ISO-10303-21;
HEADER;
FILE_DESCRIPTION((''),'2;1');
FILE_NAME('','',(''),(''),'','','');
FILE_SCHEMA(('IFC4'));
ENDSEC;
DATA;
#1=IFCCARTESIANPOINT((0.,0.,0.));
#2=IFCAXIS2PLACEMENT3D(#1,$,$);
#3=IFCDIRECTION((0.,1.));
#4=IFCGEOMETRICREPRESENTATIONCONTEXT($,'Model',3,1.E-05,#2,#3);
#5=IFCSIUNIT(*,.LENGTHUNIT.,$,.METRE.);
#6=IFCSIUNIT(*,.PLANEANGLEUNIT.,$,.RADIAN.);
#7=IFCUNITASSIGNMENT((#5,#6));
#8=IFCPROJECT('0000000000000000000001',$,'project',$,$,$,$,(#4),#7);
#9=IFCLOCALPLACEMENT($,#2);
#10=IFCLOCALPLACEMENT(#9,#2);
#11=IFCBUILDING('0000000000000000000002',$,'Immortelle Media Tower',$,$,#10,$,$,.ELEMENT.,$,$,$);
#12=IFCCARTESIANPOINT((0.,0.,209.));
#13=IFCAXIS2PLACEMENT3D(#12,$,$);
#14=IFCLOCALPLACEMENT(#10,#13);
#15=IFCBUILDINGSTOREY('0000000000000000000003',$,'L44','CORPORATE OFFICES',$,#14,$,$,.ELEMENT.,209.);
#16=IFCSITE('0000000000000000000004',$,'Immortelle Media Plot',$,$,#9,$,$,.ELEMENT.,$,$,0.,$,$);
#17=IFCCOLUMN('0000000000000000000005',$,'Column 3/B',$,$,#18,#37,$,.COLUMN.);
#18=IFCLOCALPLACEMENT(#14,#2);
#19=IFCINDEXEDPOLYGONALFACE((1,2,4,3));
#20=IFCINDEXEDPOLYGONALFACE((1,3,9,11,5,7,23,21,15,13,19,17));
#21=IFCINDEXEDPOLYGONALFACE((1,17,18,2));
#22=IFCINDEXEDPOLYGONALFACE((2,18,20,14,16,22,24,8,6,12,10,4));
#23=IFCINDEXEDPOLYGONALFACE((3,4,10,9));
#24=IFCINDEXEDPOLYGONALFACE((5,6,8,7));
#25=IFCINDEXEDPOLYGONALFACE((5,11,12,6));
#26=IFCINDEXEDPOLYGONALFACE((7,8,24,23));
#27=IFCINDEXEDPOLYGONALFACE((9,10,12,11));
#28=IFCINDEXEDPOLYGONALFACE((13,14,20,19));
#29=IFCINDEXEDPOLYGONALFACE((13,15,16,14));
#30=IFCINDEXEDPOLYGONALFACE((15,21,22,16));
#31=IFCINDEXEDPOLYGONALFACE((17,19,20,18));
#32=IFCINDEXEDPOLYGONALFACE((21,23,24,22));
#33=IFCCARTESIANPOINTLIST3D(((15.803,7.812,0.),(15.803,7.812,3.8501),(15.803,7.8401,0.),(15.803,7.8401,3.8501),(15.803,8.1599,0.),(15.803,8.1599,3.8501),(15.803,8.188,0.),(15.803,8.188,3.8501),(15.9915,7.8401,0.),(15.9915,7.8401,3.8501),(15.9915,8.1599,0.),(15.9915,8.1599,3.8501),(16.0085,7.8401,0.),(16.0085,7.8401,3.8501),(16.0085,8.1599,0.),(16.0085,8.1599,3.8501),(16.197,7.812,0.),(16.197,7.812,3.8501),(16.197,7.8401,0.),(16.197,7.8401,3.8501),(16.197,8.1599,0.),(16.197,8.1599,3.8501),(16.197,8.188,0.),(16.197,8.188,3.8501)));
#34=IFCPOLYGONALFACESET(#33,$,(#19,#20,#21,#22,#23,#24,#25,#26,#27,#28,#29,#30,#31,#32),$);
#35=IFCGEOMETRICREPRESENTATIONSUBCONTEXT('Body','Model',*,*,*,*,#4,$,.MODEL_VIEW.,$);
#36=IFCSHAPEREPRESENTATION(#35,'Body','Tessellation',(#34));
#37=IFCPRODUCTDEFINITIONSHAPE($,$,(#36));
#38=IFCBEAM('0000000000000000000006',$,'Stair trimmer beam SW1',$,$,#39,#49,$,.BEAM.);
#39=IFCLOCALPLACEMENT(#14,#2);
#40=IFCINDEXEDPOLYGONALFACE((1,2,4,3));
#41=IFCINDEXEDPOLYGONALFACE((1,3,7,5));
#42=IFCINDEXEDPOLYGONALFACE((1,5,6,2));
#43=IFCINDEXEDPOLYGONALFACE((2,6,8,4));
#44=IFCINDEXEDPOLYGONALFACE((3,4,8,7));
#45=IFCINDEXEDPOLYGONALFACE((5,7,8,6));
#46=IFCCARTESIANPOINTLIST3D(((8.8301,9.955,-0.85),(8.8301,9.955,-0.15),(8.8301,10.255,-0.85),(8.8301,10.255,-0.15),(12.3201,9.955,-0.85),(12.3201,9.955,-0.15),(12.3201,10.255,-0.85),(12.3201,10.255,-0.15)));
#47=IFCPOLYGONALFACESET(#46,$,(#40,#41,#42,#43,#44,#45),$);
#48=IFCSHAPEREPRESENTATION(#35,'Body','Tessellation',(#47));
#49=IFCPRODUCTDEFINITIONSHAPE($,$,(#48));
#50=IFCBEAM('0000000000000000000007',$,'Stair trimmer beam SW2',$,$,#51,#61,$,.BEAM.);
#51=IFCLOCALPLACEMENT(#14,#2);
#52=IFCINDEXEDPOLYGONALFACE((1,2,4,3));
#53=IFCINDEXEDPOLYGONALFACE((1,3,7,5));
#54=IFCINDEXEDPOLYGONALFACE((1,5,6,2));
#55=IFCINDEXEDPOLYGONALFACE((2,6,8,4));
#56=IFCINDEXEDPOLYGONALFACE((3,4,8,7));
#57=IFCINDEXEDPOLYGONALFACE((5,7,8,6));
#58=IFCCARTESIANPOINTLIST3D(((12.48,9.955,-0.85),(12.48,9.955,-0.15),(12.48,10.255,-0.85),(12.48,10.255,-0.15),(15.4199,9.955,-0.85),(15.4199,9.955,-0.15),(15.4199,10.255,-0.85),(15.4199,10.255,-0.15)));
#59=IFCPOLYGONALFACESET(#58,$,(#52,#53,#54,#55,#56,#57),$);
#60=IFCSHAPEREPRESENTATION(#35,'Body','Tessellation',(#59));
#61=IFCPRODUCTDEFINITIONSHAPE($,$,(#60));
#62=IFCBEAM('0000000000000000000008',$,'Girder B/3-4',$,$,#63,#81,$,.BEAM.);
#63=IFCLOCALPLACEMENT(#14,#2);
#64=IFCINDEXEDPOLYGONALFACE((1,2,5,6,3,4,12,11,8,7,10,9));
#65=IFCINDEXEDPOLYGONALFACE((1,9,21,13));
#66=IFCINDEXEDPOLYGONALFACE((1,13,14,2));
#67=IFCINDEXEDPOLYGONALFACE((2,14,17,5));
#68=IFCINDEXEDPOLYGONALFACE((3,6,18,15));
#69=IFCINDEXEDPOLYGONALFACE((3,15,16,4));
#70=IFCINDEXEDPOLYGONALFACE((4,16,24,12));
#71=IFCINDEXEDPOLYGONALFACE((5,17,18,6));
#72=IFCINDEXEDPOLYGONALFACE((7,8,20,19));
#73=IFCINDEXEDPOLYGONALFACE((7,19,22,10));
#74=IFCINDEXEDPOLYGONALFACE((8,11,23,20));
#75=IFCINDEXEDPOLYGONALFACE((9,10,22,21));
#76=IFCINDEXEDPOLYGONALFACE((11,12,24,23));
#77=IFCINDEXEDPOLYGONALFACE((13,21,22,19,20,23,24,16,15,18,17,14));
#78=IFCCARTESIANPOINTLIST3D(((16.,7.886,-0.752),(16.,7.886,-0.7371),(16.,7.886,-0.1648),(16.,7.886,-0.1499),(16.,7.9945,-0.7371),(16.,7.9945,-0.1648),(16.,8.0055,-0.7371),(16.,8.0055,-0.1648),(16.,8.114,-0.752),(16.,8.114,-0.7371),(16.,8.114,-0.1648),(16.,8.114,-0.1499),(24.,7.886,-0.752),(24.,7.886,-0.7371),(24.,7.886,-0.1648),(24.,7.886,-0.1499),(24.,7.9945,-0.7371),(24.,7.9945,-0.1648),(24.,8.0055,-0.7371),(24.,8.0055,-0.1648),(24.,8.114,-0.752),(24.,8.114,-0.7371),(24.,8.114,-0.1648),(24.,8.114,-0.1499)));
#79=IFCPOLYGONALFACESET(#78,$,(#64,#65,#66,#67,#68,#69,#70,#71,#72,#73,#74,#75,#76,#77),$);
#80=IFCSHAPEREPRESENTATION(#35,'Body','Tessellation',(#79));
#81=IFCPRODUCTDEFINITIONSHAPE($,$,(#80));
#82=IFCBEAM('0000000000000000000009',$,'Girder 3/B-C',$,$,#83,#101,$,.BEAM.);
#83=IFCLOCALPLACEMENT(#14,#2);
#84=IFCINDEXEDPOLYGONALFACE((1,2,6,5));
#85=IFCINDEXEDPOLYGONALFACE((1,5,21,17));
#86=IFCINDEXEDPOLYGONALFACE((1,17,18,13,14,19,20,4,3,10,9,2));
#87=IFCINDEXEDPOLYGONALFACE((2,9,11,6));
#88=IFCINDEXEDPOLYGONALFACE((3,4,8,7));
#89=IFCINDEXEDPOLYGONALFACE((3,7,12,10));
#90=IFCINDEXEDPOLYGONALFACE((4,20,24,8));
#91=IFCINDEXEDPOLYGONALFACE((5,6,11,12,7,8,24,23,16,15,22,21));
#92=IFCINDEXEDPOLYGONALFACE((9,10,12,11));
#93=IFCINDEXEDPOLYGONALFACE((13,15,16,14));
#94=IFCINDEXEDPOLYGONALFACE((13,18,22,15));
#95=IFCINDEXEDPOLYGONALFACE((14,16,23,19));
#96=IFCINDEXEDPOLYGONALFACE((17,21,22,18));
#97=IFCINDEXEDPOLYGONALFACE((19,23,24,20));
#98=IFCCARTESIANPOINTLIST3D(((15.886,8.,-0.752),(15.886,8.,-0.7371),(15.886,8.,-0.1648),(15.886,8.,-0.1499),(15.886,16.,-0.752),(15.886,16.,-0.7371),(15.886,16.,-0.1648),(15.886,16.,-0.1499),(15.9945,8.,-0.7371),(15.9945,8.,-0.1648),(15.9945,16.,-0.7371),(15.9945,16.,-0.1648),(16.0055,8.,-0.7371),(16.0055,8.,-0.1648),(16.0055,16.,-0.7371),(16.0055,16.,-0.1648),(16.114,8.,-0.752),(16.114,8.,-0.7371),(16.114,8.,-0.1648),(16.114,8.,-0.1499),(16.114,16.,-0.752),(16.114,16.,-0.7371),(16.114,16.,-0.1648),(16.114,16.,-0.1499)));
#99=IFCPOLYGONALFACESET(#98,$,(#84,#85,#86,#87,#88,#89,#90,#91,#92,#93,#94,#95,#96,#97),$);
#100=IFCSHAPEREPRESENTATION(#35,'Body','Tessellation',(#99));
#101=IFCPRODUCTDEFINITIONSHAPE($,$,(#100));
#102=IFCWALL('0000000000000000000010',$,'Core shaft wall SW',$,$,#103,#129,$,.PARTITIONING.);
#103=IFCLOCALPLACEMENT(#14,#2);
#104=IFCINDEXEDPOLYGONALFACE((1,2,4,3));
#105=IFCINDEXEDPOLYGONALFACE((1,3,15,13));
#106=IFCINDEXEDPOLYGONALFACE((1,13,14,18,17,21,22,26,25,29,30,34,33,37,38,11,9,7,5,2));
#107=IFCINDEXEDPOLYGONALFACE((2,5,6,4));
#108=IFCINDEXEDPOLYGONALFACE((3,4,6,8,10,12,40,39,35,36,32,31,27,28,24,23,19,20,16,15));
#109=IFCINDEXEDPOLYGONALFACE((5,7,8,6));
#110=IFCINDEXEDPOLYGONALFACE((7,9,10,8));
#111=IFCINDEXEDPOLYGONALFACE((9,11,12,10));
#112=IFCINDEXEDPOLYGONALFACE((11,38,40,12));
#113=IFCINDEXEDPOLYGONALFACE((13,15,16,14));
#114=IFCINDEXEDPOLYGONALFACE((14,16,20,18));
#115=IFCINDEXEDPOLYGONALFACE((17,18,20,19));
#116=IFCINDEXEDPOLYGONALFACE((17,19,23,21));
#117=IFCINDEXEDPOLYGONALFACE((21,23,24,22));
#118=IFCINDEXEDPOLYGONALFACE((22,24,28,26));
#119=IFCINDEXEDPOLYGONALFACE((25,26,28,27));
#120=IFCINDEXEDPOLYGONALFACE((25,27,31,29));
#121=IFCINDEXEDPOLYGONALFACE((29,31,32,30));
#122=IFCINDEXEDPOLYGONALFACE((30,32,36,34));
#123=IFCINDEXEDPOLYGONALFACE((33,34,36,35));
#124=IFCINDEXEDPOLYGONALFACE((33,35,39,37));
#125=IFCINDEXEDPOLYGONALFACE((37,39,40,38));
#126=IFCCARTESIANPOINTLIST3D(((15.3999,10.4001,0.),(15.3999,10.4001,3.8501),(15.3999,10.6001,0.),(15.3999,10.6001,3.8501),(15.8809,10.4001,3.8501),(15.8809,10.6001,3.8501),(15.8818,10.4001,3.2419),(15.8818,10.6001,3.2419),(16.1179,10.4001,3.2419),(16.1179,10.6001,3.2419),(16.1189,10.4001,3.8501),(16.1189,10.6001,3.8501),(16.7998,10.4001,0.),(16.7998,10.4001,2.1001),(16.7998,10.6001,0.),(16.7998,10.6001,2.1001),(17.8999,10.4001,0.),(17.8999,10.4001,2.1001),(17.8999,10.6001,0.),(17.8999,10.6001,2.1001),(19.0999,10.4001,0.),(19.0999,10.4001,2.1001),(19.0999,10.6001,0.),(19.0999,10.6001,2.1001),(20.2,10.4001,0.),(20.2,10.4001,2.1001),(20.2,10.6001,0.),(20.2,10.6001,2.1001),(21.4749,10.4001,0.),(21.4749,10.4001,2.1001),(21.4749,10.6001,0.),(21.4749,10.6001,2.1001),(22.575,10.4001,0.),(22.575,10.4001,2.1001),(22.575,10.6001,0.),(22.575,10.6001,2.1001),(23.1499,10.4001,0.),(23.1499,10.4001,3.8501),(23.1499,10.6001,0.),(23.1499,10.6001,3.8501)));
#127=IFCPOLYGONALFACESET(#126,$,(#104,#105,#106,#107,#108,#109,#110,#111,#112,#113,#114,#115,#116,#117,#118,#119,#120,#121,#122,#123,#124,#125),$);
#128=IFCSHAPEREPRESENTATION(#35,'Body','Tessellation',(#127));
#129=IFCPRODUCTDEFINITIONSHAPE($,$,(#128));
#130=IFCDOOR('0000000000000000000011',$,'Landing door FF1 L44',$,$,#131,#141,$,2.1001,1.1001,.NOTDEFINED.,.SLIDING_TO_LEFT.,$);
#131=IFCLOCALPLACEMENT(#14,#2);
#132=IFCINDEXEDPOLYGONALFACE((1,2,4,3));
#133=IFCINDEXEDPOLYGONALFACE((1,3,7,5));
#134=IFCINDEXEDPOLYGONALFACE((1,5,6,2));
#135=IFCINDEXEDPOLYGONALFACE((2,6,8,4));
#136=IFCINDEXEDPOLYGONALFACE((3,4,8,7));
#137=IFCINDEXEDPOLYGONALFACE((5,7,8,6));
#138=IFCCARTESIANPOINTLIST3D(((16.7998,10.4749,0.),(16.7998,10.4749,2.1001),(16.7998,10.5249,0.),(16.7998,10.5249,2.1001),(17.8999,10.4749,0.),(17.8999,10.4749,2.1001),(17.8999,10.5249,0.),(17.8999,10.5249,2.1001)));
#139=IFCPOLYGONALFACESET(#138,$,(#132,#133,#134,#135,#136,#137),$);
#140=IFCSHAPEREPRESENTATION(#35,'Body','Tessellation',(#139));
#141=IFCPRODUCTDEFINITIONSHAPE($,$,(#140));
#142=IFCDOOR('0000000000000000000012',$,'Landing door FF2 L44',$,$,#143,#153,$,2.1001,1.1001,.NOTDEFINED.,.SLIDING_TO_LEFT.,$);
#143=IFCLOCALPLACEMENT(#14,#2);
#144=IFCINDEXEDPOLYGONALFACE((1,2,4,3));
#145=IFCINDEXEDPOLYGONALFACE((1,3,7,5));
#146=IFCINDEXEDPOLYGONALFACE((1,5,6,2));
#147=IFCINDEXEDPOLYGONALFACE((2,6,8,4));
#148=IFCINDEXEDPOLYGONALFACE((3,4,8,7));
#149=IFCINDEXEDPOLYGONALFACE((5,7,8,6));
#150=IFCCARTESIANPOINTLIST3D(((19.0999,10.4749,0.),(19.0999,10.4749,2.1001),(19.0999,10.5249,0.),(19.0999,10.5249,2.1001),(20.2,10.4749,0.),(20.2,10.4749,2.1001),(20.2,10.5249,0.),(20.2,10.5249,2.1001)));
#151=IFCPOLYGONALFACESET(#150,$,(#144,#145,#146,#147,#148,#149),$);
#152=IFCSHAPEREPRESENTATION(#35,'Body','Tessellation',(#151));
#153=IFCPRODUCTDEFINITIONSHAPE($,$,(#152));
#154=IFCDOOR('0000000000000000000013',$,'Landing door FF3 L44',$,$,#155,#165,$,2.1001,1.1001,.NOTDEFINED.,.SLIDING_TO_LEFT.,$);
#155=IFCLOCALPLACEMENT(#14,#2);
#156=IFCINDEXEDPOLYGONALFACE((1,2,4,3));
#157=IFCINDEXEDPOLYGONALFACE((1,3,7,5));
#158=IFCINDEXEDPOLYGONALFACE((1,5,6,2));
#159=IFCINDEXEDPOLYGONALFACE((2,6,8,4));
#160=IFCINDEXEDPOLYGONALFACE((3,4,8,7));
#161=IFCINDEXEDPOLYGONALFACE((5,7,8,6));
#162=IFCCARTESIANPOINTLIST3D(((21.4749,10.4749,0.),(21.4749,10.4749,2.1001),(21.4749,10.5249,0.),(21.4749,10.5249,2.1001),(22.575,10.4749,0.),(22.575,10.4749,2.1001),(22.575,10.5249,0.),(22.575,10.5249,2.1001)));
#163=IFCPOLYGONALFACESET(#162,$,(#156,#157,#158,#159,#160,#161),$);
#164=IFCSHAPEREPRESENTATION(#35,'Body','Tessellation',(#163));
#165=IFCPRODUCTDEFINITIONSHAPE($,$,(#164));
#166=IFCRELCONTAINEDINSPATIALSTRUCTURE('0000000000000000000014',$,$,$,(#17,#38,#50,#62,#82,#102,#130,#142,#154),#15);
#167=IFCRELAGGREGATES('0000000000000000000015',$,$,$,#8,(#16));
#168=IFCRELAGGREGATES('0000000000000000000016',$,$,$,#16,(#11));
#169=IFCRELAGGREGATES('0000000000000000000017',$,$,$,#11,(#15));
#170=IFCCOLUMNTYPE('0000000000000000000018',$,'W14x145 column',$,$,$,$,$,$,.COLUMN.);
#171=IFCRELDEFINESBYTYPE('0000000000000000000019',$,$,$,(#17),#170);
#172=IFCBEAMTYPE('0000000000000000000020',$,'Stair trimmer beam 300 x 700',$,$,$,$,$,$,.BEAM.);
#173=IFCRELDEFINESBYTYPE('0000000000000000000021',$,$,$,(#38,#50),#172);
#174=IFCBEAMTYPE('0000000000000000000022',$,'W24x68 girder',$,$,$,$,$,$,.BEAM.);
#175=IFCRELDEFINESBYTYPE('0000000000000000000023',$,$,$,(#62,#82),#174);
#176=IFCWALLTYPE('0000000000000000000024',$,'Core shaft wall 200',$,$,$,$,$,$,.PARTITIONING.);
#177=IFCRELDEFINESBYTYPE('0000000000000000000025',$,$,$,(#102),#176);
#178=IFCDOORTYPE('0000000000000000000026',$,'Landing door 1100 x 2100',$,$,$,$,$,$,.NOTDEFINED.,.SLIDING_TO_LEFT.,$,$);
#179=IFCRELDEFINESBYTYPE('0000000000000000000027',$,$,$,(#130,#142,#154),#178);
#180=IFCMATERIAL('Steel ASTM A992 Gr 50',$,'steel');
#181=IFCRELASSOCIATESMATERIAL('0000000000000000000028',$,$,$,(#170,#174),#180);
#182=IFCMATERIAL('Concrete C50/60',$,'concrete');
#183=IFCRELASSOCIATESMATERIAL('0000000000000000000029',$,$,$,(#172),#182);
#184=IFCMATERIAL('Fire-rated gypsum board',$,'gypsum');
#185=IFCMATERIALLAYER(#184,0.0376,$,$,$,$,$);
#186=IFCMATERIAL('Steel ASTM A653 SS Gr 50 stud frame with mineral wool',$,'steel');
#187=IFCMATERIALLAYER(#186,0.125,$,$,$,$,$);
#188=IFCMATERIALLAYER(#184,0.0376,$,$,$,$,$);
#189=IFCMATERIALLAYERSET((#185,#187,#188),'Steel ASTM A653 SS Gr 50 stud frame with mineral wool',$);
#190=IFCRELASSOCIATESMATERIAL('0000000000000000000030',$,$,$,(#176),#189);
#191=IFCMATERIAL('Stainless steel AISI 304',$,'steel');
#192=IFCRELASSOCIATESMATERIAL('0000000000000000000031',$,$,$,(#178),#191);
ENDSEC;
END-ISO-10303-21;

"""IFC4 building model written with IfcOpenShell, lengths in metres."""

from ifc_helpers import new_model, si_unit, direction, frame, frame_2d, origin, origin_2d, place, context, subcontext, project, spatial, polyline, rectangle, i_section, outline, extrude, material, layer, layer_set, material_profile, profile_set, type_object, element, fill, save


model = new_model("IFC4")

# Units and contexts
model_context = context("Model", 3, precision=1e-05, world=origin(), true_north=direction((0.0, 1.0)))
body_context = subcontext(model_context, "Body", "Model", "MODEL_VIEW")
ifc_project = project(units=[si_unit("LENGTHUNIT", "METRE"), si_unit("PLANEANGLEUNIT", "RADIAN")], contexts=[model_context])

# Site, building, storey
site_placement = place(None, origin())
site = spatial("IfcSite", under=ifc_project, at=site_placement, Name="Immortelle Media Plot", CompositionType="ELEMENT", RefElevation=0.0)
building_placement = place(site_placement, origin())
building = spatial("IfcBuilding", under=site, at=building_placement, Name="Immortelle Media Tower", CompositionType="ELEMENT")
storey_placement = place(building_placement, frame((0.0, 0.0, 209.0)))
storey = spatial("IfcBuildingStorey", under=building, at=storey_placement, Name="L44", Description="CORPORATE OFFICES", CompositionType="ELEMENT", Elevation=209.0)

# Column
ifc_material_1 = material(Name="Steel ASTM A992 Gr 50", Category="steel")
ifc_material_profile_1 = material_profile(ifc_material_1, i_section(OverallWidth=0.394, OverallDepth=0.376, WebThickness=0.0171, FlangeThickness=0.0281, at=origin_2d()), Name="W14x145")
ifc_profile_set_1 = profile_set([ifc_material_profile_1], Name="Steel ASTM A992 Gr 50")
column_type = type_object("IfcColumnType", Name="W14x145 column", PredefinedType="COLUMN", material=ifc_profile_set_1)
column_placement = place(storey_placement, frame((16.0, 8.0, 0.0), z_axis=(0.0, 0.0, 1.0), x_axis=(1.0, 0.0, 0.0)))
element("IfcColumn", 1, at=column_placement, inside=storey, type_object=column_type, Name="Column 3/B", PredefinedType="COLUMN", context=body_context, shape_type="SweptSolid", body=[
    extrude(i_section(OverallWidth=0.394, OverallDepth=0.376, WebThickness=0.0171, FlangeThickness=0.0281, at=origin_2d()), origin(), (0.0, 0.0, 1.0), 3.8501),
])

# Beams
ifc_material_2 = material(Name="Concrete C50/60", Category="concrete")
ifc_material_profile_2 = material_profile(ifc_material_2, rectangle(XDim=0.3, YDim=0.7, at=origin_2d()), Name="RC 300x700")
ifc_profile_set_2 = profile_set([ifc_material_profile_2], Name="Concrete C50/60")
beam_type_1 = type_object("IfcBeamType", Name="Stair trimmer beam 300 x 700", PredefinedType="BEAM", material=ifc_profile_set_2)
beam_1_placement = place(storey_placement, frame((8.8301, 10.105, -0.5), z_axis=(1.0, 0.0, 0.0), x_axis=(0.0, 1.0, 0.0)))
element("IfcBeam", 2, at=beam_1_placement, inside=storey, type_object=beam_type_1, Name="Stair trimmer beam SW1", PredefinedType="BEAM", context=body_context, shape_type="SweptSolid", body=[
    extrude(rectangle(XDim=0.3, YDim=0.7, at=origin_2d()), origin(), (0.0, 0.0, 1.0), 3.49),
])
beam_2_placement = place(storey_placement, frame((12.48, 10.105, -0.5), z_axis=(1.0, 0.0, 0.0), x_axis=(0.0, 1.0, 0.0)))
element("IfcBeam", 3, at=beam_2_placement, inside=storey, type_object=beam_type_1, Name="Stair trimmer beam SW2", PredefinedType="BEAM", context=body_context, shape_type="SweptSolid", body=[
    extrude(rectangle(XDim=0.3, YDim=0.7, at=origin_2d()), origin(), (0.0, 0.0, 1.0), 2.9399),
])
ifc_material_profile_3 = material_profile(ifc_material_1, i_section(OverallWidth=0.228, OverallDepth=0.6021, WebThickness=0.011, FlangeThickness=0.0149, at=origin_2d()), Name="W24x68")
ifc_profile_set_3 = profile_set([ifc_material_profile_3], Name="Steel ASTM A992 Gr 50")
beam_type_2 = type_object("IfcBeamType", Name="W24x68 girder", PredefinedType="BEAM", material=ifc_profile_set_3)
for number, where, z_axis, x_axis, name in (
    (4, (16.0, 8.0, -0.4509), (1.0, 0.0, 0.0), (0.0, 1.0, 0.0), "Girder B/3-4"),
    (5, (16.0, 8.0, -0.4509), (0.0, 1.0, 0.0), (-1.0, 0.0, 0.0), "Girder 3/B-C"),
):
    element("IfcBeam", number, at=place(storey_placement, frame(where, z_axis=z_axis, x_axis=x_axis)), inside=storey, type_object=beam_type_2, Name=name, PredefinedType="BEAM", context=body_context, shape_type="SweptSolid", body=[
        extrude(i_section(OverallWidth=0.228, OverallDepth=0.6021, WebThickness=0.011, FlangeThickness=0.0149, at=origin_2d()), origin(), (0.0, 0.0, 1.0), 8.0),
    ])

# Wall, openings, doors
ifc_material_3 = material(Name="Fire-rated gypsum board", Category="gypsum")
ifc_layer_1 = layer(ifc_material_3, 0.0376)
ifc_material_4 = material(Name="Steel ASTM A653 SS Gr 50 stud frame with mineral wool", Category="steel")
ifc_layer_2 = layer(ifc_material_4, 0.125)
ifc_layer_3 = layer(ifc_material_3, 0.0376)
ifc_layer_set_1 = layer_set([ifc_layer_1, ifc_layer_2, ifc_layer_3], Name="Steel ASTM A653 SS Gr 50 stud frame with mineral wool")
wall_type_1 = type_object("IfcWallType", Name="Core shaft wall 200", PredefinedType="PARTITIONING", material=ifc_layer_set_1)
wall_1_placement = place(storey_placement, frame((15.3999, 10.5, 0.0), z_axis=(0.0, 0.0, 1.0), x_axis=(1.0, 0.0, 0.0)))
wall_1 = element("IfcWall", 6, at=wall_1_placement, inside=storey, type_object=wall_type_1, Name="Core shaft wall SW", PredefinedType="PARTITIONING", context=body_context, shape_type="SweptSolid", body=[
    extrude(outline(polyline([(0.0, 0.0), (7.75, 0.0), (7.75, 3.8501), (0.719, 3.8501), (0.718, 3.2419), (0.4819, 3.2419), (0.481, 3.8501), (0.0, 3.8501), (0.0, 0.0)])), frame((0.0, 0.1001, 0.0), z_axis=(0.0, -1.0, 0.0), x_axis=(1.0, 0.0, 0.0)), (0.0, 0.0, 1.0), 0.2),
])
opening_1_placement = place(wall_1_placement, frame((1.3999, 0.0, 0.0)))
opening_1 = element("IfcOpeningElement", 7, at=opening_1_placement, cuts=wall_1, PredefinedType="OPENING", context=body_context, shape_type="SweptSolid", body=[
    extrude(rectangle(XDim=1.1001, YDim=2.1001, at=frame_2d((0.55, 1.05))), frame((0.0, 0.1099, 0.0), z_axis=(0.0, -1.0, 0.0), x_axis=(1.0, 0.0, 0.0)), (0.0, 0.0, 1.0), 0.22),
])
opening_2_placement = place(wall_1_placement, frame((3.7, 0.0, 0.0)))
opening_2 = element("IfcOpeningElement", 8, at=opening_2_placement, cuts=wall_1, PredefinedType="OPENING", context=body_context, shape_type="SweptSolid", body=[
    extrude(rectangle(XDim=1.1001, YDim=2.1001, at=frame_2d((0.55, 1.05))), frame((0.0, 0.1099, 0.0), z_axis=(0.0, -1.0, 0.0), x_axis=(1.0, 0.0, 0.0)), (0.0, 0.0, 1.0), 0.22),
])
opening_3_placement = place(wall_1_placement, frame((6.075, 0.0, 0.0)))
opening_3 = element("IfcOpeningElement", 9, at=opening_3_placement, cuts=wall_1, PredefinedType="OPENING", context=body_context, shape_type="SweptSolid", body=[
    extrude(rectangle(XDim=1.1001, YDim=2.1001, at=frame_2d((0.55, 1.05))), frame((0.0, 0.1099, 0.0), z_axis=(0.0, -1.0, 0.0), x_axis=(1.0, 0.0, 0.0)), (0.0, 0.0, 1.0), 0.22),
])
ifc_material_5 = material(Name="Stainless steel AISI 304", Category="steel")
door_type_1 = type_object("IfcDoorType", Name="Landing door 1100 x 2100", OperationType="SLIDING_TO_LEFT", PredefinedType="NOTDEFINED", material=ifc_material_5)
door_1_placement = place(opening_1_placement, origin())
door_1 = element("IfcDoor", 10, at=door_1_placement, inside=storey, type_object=door_type_1, Name="Landing door FF1 L44", OperationType="SLIDING_TO_LEFT", OverallHeight=2.1001, OverallWidth=1.1001, PredefinedType="NOTDEFINED", context=body_context, shape_type="SweptSolid", body=[
    extrude(rectangle(XDim=1.1001, YDim=2.1001, at=frame_2d((0.55, 1.05))), frame((0.0, 0.0249, 0.0), z_axis=(0.0, -1.0, 0.0), x_axis=(1.0, 0.0, 0.0)), (0.0, 0.0, 1.0), 0.05),
])
fill(opening_1, door_1)
door_2_placement = place(opening_2_placement, origin())
door_2 = element("IfcDoor", 11, at=door_2_placement, inside=storey, type_object=door_type_1, Name="Landing door FF2 L44", OperationType="SLIDING_TO_LEFT", OverallHeight=2.1001, OverallWidth=1.1001, PredefinedType="NOTDEFINED", context=body_context, shape_type="SweptSolid", body=[
    extrude(rectangle(XDim=1.1001, YDim=2.1001, at=frame_2d((0.55, 1.05))), frame((0.0, 0.0249, 0.0), z_axis=(0.0, -1.0, 0.0), x_axis=(1.0, 0.0, 0.0)), (0.0, 0.0, 1.0), 0.05),
])
fill(opening_2, door_2)
door_3_placement = place(opening_3_placement, origin())
door_3 = element("IfcDoor", 12, at=door_3_placement, inside=storey, type_object=door_type_1, Name="Landing door FF3 L44", OperationType="SLIDING_TO_LEFT", OverallHeight=2.1001, OverallWidth=1.1001, PredefinedType="NOTDEFINED", context=body_context, shape_type="SweptSolid", body=[
    extrude(rectangle(XDim=1.1001, YDim=2.1001, at=frame_2d((0.55, 1.05))), frame((0.0, 0.0249, 0.0), z_axis=(0.0, -1.0, 0.0), x_axis=(1.0, 0.0, 0.0)), (0.0, 0.0, 1.0), 0.05),
])
fill(opening_3, door_3)

save(model, "model.ifc")
